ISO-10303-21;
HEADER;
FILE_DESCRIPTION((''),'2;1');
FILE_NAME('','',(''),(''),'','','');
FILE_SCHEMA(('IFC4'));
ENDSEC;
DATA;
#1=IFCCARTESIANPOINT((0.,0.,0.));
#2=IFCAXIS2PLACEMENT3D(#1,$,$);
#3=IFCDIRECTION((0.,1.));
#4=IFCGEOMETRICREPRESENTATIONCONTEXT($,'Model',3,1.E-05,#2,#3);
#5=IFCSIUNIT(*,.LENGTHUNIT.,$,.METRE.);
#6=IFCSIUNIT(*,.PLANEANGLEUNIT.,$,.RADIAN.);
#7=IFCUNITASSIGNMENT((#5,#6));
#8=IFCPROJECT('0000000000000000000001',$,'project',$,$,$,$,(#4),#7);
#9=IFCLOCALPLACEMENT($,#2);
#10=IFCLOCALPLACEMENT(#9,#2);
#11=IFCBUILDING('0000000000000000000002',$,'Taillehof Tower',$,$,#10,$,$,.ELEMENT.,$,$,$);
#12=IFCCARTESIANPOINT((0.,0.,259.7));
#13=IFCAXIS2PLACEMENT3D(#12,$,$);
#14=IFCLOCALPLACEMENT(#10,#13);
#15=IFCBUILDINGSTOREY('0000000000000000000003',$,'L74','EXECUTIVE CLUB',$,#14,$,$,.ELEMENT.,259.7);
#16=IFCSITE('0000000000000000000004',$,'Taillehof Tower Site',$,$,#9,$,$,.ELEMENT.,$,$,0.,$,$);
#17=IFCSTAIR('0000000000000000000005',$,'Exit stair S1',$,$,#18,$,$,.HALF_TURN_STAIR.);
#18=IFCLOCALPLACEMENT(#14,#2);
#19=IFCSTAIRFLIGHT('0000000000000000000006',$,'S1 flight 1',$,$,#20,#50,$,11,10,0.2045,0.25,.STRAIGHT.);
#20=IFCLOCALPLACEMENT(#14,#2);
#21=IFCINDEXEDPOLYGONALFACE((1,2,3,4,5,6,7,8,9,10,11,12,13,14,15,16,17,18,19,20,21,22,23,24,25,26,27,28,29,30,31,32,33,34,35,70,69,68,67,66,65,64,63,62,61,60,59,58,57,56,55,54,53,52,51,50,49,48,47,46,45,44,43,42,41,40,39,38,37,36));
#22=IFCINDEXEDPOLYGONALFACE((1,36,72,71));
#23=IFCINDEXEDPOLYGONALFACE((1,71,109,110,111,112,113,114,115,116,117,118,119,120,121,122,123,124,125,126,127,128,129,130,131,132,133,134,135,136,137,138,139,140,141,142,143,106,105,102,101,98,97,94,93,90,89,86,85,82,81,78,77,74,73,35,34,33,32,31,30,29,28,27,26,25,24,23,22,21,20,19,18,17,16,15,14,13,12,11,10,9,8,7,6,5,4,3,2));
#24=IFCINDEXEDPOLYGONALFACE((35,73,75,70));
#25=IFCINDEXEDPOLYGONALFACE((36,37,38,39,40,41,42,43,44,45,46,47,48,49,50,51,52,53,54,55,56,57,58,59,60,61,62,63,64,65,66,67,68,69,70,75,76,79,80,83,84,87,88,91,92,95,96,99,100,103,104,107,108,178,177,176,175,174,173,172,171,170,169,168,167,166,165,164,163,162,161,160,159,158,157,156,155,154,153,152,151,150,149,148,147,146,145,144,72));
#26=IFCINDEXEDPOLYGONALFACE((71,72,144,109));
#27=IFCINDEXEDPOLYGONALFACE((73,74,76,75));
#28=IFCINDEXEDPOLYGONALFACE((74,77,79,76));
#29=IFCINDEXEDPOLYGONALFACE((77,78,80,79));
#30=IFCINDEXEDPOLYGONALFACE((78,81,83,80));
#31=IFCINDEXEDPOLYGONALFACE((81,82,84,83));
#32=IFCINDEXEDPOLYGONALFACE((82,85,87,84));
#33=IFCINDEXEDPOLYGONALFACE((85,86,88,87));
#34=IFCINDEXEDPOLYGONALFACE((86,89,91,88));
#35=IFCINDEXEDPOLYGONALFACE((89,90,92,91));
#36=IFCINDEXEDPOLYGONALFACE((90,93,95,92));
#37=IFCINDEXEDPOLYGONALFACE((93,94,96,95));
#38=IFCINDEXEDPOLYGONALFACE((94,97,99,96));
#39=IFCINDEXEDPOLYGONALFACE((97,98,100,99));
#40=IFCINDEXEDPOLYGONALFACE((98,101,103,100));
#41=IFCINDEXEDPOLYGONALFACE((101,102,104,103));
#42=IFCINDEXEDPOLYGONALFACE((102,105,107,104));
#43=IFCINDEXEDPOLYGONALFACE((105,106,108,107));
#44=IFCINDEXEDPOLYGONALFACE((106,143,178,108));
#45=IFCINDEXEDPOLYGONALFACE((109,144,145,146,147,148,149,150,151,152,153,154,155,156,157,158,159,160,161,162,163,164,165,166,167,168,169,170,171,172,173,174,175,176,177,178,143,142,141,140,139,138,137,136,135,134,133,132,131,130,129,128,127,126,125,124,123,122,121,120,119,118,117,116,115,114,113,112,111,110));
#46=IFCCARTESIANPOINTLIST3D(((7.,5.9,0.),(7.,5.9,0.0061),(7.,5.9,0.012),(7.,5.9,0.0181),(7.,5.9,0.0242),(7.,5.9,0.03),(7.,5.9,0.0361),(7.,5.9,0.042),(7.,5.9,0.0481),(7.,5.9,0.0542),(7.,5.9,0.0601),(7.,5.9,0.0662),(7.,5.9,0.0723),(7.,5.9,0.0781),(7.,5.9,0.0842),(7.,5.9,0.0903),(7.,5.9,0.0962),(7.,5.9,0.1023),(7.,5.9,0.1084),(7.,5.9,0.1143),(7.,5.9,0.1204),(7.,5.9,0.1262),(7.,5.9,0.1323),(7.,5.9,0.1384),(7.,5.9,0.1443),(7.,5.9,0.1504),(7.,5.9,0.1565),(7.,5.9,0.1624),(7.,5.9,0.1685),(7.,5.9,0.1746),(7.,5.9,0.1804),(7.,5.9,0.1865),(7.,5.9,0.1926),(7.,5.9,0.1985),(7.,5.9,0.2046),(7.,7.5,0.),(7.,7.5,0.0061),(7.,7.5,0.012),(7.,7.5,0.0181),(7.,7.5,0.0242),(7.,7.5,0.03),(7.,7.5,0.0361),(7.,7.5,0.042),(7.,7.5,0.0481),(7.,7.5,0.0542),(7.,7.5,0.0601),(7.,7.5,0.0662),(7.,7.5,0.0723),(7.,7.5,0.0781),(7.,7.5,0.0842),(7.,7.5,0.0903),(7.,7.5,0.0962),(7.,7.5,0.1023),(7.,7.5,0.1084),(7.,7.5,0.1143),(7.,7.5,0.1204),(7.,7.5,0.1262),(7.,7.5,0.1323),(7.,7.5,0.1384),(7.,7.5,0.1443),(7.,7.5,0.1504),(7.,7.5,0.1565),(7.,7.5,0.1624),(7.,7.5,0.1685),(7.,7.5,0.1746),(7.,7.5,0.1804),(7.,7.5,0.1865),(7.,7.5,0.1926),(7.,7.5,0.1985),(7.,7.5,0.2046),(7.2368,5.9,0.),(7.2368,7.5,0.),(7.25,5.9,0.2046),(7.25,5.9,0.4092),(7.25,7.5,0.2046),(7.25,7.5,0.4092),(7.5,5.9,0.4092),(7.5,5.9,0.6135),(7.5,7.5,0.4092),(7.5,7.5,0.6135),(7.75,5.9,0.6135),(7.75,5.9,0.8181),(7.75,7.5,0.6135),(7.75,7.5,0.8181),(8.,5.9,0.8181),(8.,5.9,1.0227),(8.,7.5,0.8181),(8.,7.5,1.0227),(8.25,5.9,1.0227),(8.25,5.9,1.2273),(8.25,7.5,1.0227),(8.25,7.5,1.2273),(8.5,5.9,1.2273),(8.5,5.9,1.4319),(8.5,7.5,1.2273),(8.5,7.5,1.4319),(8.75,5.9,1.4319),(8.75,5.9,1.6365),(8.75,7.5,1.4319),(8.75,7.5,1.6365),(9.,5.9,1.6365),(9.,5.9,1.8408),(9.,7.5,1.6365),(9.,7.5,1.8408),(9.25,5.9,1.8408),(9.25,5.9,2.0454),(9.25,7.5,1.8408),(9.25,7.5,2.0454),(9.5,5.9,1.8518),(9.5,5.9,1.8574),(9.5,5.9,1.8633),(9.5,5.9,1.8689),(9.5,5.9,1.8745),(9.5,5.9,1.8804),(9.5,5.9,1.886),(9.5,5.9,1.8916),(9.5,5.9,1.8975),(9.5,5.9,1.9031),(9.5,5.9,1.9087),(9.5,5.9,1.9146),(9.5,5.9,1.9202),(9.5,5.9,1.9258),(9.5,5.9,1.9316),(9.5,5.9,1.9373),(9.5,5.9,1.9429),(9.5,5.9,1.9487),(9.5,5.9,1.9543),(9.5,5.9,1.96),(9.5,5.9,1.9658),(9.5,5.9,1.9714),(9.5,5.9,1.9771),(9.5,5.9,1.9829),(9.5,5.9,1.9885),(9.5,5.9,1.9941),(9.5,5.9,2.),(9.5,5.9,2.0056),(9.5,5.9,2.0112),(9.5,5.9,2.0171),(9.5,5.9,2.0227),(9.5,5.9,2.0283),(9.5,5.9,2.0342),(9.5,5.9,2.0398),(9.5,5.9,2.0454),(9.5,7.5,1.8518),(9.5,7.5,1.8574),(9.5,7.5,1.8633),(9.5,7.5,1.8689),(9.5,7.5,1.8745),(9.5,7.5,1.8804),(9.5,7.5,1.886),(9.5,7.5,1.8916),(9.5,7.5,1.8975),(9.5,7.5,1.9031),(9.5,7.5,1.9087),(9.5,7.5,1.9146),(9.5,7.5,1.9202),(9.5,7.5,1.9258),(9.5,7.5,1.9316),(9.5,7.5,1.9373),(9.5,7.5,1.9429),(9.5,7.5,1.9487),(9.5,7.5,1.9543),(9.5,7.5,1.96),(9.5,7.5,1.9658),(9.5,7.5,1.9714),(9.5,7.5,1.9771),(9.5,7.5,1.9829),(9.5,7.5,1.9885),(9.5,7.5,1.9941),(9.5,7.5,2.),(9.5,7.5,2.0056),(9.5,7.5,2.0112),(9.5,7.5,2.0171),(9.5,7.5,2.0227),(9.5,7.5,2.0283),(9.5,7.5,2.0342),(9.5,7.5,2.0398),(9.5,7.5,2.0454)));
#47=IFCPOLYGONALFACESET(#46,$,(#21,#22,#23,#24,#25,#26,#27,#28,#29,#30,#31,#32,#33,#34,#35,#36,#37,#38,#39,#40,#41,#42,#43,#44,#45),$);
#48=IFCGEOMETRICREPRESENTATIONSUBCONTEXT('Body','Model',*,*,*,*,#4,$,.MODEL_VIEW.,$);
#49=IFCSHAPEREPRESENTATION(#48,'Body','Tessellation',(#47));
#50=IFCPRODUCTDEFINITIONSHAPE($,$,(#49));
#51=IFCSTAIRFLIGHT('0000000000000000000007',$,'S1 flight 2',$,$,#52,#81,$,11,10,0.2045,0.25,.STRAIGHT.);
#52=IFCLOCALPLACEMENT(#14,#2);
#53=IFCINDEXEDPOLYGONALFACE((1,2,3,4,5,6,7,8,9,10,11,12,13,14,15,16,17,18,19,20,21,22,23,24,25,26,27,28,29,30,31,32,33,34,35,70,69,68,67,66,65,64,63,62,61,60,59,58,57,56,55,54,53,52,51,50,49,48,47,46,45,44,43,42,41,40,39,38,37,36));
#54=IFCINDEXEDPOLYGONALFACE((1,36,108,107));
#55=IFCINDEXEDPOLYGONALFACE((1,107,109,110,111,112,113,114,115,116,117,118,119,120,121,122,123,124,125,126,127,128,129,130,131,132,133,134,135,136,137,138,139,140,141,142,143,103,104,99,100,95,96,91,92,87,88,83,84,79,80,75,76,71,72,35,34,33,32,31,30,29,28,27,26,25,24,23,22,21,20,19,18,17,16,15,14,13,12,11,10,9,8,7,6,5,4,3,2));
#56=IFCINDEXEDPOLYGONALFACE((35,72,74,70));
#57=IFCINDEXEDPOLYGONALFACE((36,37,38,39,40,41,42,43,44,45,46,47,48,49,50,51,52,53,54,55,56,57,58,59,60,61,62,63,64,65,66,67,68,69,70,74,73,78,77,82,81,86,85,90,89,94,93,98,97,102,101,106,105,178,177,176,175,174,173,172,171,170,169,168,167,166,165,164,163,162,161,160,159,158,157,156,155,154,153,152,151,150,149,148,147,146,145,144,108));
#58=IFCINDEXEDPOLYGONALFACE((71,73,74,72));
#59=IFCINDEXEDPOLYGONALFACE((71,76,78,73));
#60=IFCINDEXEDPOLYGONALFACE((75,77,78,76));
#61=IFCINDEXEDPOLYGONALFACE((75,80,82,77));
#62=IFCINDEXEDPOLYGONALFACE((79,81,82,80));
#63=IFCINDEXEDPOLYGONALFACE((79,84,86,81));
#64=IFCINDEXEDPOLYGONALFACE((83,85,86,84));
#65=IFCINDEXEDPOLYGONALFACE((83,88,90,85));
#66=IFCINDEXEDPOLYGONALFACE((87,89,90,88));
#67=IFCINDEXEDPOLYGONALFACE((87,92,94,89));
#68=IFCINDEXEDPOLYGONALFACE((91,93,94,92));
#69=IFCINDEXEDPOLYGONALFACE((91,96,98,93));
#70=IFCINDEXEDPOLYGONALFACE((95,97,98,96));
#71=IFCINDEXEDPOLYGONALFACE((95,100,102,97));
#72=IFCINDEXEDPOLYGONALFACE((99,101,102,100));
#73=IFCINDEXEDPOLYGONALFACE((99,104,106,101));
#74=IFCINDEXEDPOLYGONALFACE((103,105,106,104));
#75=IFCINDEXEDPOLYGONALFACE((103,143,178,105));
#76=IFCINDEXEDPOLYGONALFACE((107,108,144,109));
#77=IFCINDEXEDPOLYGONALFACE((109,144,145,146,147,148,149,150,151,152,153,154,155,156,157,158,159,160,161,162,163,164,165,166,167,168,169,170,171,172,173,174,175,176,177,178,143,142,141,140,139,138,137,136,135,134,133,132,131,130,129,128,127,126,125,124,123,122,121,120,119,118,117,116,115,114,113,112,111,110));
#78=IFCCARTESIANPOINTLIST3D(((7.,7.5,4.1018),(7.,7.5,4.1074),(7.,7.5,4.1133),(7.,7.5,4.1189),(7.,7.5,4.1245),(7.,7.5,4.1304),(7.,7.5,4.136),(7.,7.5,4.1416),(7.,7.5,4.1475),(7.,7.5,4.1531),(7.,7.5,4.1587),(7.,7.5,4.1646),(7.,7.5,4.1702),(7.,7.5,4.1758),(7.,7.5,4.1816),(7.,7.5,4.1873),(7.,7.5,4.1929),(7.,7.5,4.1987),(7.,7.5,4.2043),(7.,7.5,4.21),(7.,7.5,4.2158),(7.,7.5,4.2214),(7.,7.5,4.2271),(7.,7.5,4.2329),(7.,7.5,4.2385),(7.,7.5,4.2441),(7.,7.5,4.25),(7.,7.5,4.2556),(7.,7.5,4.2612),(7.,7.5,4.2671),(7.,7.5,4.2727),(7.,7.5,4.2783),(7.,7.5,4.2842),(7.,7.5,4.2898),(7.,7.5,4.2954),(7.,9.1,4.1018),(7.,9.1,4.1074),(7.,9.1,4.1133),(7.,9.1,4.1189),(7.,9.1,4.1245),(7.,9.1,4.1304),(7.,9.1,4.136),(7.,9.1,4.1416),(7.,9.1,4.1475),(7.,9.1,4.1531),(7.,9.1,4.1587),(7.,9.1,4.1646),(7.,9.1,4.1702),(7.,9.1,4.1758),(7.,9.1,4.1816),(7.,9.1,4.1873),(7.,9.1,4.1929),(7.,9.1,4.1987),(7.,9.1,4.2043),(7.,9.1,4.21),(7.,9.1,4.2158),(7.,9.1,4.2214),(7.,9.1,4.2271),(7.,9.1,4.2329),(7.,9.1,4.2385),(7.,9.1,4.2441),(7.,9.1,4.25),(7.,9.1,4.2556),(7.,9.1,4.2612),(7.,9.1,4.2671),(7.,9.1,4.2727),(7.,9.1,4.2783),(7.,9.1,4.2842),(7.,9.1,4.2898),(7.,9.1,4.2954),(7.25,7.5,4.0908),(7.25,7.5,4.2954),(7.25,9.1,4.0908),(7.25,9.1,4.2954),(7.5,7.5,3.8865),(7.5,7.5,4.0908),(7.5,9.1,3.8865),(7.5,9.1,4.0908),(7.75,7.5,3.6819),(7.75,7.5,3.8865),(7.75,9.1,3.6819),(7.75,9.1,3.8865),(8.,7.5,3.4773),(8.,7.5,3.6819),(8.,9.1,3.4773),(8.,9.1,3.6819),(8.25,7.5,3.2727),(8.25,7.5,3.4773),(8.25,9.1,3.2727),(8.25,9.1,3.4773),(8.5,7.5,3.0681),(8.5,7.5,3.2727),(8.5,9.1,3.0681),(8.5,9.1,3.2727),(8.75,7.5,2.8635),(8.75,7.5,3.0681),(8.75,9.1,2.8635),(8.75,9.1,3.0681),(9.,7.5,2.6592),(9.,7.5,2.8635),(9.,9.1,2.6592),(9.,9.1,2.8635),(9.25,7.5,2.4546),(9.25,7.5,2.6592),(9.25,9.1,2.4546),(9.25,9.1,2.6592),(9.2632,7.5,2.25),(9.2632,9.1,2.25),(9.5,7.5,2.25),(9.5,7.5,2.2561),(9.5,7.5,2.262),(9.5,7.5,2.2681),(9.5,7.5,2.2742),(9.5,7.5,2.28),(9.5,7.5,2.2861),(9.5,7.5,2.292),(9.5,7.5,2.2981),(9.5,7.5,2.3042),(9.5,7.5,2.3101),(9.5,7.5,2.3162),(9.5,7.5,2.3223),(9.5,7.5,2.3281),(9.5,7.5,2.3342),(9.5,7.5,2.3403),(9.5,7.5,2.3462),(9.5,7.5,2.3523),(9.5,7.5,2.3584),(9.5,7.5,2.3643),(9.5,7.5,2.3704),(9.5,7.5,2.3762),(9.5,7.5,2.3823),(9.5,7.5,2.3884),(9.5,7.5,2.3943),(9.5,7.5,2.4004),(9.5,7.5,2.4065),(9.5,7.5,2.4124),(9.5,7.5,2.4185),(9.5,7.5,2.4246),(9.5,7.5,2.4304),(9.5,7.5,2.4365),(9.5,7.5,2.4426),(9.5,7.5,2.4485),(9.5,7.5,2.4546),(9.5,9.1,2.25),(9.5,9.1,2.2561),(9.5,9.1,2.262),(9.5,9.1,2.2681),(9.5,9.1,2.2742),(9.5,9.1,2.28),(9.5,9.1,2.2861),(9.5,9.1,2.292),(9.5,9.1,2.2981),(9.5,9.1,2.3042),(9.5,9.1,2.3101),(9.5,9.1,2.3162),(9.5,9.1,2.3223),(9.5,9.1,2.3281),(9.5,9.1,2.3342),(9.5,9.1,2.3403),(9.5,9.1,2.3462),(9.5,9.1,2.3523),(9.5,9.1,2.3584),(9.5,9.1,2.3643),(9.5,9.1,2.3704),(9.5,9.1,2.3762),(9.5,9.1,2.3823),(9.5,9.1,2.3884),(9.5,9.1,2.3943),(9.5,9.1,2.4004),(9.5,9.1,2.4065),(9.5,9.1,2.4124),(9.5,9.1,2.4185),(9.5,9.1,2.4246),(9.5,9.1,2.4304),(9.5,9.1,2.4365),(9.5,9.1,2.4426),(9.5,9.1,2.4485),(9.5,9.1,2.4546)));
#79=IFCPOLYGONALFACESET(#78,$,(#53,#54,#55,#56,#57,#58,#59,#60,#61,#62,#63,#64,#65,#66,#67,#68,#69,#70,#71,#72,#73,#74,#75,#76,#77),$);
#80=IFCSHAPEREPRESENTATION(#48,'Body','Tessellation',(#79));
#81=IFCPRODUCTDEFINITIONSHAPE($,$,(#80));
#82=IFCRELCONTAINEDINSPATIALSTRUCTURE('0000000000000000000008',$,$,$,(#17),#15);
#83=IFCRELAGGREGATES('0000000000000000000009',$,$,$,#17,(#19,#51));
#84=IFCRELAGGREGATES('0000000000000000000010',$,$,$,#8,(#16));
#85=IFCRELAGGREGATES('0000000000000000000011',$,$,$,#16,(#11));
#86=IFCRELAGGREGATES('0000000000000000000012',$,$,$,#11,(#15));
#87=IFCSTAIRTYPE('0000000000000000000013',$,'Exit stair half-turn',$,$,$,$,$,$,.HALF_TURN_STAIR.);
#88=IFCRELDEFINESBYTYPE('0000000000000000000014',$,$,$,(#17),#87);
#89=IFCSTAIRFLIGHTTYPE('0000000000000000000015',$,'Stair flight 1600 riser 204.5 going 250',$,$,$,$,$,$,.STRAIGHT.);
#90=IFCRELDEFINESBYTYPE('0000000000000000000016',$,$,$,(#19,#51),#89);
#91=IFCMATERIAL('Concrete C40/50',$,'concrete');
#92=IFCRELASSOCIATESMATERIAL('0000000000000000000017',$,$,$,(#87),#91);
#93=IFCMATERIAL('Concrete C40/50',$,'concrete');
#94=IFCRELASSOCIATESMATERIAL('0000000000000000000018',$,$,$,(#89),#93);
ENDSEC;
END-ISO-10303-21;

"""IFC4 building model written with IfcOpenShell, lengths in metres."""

from ifc_helpers import new_model, si_unit, direction, frame, origin, place, context, subcontext, project, spatial, polyline, outline, extrude, material, type_object, element, aggregate, save


model = new_model("IFC4")

# Units and contexts
model_context = context("Model", 3, precision=1e-05, world=origin(), true_north=direction((0.0, 1.0)))
body_context = subcontext(model_context, "Body", "Model", "MODEL_VIEW")
ifc_project = project(units=[si_unit("LENGTHUNIT", "METRE"), si_unit("PLANEANGLEUNIT", "RADIAN")], contexts=[model_context])

# Site, building, storey
site_placement = place(None, origin())
site = spatial("IfcSite", under=ifc_project, at=site_placement, Name="Taillehof Tower Site", CompositionType="ELEMENT", RefElevation=0.0)
building_placement = place(site_placement, origin())
building = spatial("IfcBuilding", under=site, at=building_placement, Name="Taillehof Tower", CompositionType="ELEMENT")
storey_placement = place(building_placement, frame((0.0, 0.0, 259.7)))
storey = spatial("IfcBuildingStorey", under=building, at=storey_placement, Name="L74", Description="EXECUTIVE CLUB", CompositionType="ELEMENT", Elevation=259.7)

# Shared definitions
ifc_material_1 = material(Name="Concrete C40/50", Category="concrete")
stair_type = type_object("IfcStairType", Name="Exit stair half-turn", PredefinedType="HALF_TURN_STAIR", material=ifc_material_1)

# Stair, stair flights
stair_1_placement = place(storey_placement, origin())
stair_1 = element("IfcStair", 1, at=stair_1_placement, inside=storey, type_object=stair_type, Name="Exit stair S1", PredefinedType="HALF_TURN_STAIR")
ifc_material_2 = material(Name="Concrete C40/50", Category="concrete")
stair_flight_type = type_object("IfcStairFlightType", Name="Stair flight 1600 riser 204.5 going 250", PredefinedType="STRAIGHT", material=ifc_material_2)
stair_flight_1_placement = place(storey_placement, frame((7.0, 6.7, 0.0), z_axis=(0.0, 0.0, 1.0), x_axis=(1.0, 0.0, 0.0)))
stair_flight_1 = element("IfcStairFlight", 2, at=stair_flight_1_placement, type_object=stair_flight_type, Name="S1 flight 1", NumberOfRisers=11, NumberOfTreads=10, PredefinedType="STRAIGHT", RiserHeight=0.2045, TreadLength=0.25, context=body_context, shape_type="SweptSolid", body=[
    extrude(outline(polyline([(0.0, 0.0), (0.0, 0.0061), (0.0, 0.012), (0.0, 0.0181), (0.0, 0.0242), (0.0, 0.03), (0.0, 0.0361), (0.0, 0.042), (0.0, 0.0481), (0.0, 0.0542), (0.0, 0.0601), (0.0, 0.0662), (0.0, 0.0723), (0.0, 0.0781), (0.0, 0.0842), (0.0, 0.0903), (0.0, 0.0962), (0.0, 0.1023), (0.0, 0.1084), (0.0, 0.1143), (0.0, 0.1204), (0.0, 0.1262), (0.0, 0.1323), (0.0, 0.1384), (0.0, 0.1443), (0.0, 0.1504), (0.0, 0.1565), (0.0, 0.1624), (0.0, 0.1685), (0.0, 0.1746), (0.0, 0.1804), (0.0, 0.1865), (0.0, 0.1926), (0.0, 0.1985), (0.0, 0.2046), (0.25, 0.2046), (0.25, 0.4092), (0.5, 0.4092), (0.5, 0.6135), (0.75, 0.6135), (0.75, 0.8181), (1.0, 0.8181), (1.0, 1.0227), (1.25, 1.0227), (1.25, 1.2273), (1.5, 1.2273), (1.5, 1.4319), (1.75, 1.4319), (1.75, 1.6365), (2.0, 1.6365), (2.0, 1.8408), (2.25, 1.8408), (2.25, 2.0454), (2.5, 2.0454), (2.5, 2.0398), (2.5, 2.0342), (2.5, 2.0283), (2.5, 2.0227), (2.5, 2.0171), (2.5, 2.0112), (2.5, 2.0056), (2.5, 2.0), (2.5, 1.9941), (2.5, 1.9885), (2.5, 1.9829), (2.5, 1.9771), (2.5, 1.9714), (2.5, 1.9658), (2.5, 1.96), (2.5, 1.9543), (2.5, 1.9487), (2.5, 1.9429), (2.5, 1.9373), (2.5, 1.9316), (2.5, 1.9258), (2.5, 1.9202), (2.5, 1.9146), (2.5, 1.9087), (2.5, 1.9031), (2.5, 1.8975), (2.5, 1.8916), (2.5, 1.886), (2.5, 1.8804), (2.5, 1.8745), (2.5, 1.8689), (2.5, 1.8633), (2.5, 1.8574), (2.5, 1.8518), (0.2368, 0.0), (0.0, 0.0)])), frame((0.0, 0.8, 0.0), z_axis=(0.0, -1.0, 0.0), x_axis=(1.0, 0.0, 0.0)), (0.0, 0.0, 1.0), 1.6),
])
stair_flight_2_placement = place(storey_placement, frame((9.5, 8.3, 2.25), z_axis=(0.0, 0.0, 1.0), x_axis=(-1.0, 0.0, 0.0)))
stair_flight_2 = element("IfcStairFlight", 3, at=stair_flight_2_placement, type_object=stair_flight_type, Name="S1 flight 2", NumberOfRisers=11, NumberOfTreads=10, PredefinedType="STRAIGHT", RiserHeight=0.2045, TreadLength=0.25, context=body_context, shape_type="SweptSolid", body=[
    extrude(outline(polyline([(0.0, 0.0), (0.0, 0.0061), (0.0, 0.012), (0.0, 0.0181), (0.0, 0.0242), (0.0, 0.03), (0.0, 0.0361), (0.0, 0.042), (0.0, 0.0481), (0.0, 0.0542), (0.0, 0.0601), (0.0, 0.0662), (0.0, 0.0723), (0.0, 0.0781), (0.0, 0.0842), (0.0, 0.0903), (0.0, 0.0962), (0.0, 0.1023), (0.0, 0.1084), (0.0, 0.1143), (0.0, 0.1204), (0.0, 0.1262), (0.0, 0.1323), (0.0, 0.1384), (0.0, 0.1443), (0.0, 0.1504), (0.0, 0.1565), (0.0, 0.1624), (0.0, 0.1685), (0.0, 0.1746), (0.0, 0.1804), (0.0, 0.1865), (0.0, 0.1926), (0.0, 0.1985), (0.0, 0.2046), (0.25, 0.2046), (0.25, 0.4092), (0.5, 0.4092), (0.5, 0.6135), (0.75, 0.6135), (0.75, 0.8181), (1.0, 0.8181), (1.0, 1.0227), (1.25, 1.0227), (1.25, 1.2273), (1.5, 1.2273), (1.5, 1.4319), (1.75, 1.4319), (1.75, 1.6365), (2.0, 1.6365), (2.0, 1.8408), (2.25, 1.8408), (2.25, 2.0454), (2.5, 2.0454), (2.5, 2.0398), (2.5, 2.0342), (2.5, 2.0283), (2.5, 2.0227), (2.5, 2.0171), (2.5, 2.0112), (2.5, 2.0056), (2.5, 2.0), (2.5, 1.9941), (2.5, 1.9885), (2.5, 1.9829), (2.5, 1.9771), (2.5, 1.9714), (2.5, 1.9658), (2.5, 1.96), (2.5, 1.9543), (2.5, 1.9487), (2.5, 1.9429), (2.5, 1.9373), (2.5, 1.9316), (2.5, 1.9258), (2.5, 1.9202), (2.5, 1.9146), (2.5, 1.9087), (2.5, 1.9031), (2.5, 1.8975), (2.5, 1.8916), (2.5, 1.886), (2.5, 1.8804), (2.5, 1.8745), (2.5, 1.8689), (2.5, 1.8633), (2.5, 1.8574), (2.5, 1.8518), (0.2368, 0.0), (0.0, 0.0)])), frame((0.0, 0.8, 0.0), z_axis=(0.0, -1.0, 0.0), x_axis=(1.0, 0.0, 0.0)), (0.0, 0.0, 1.0), 1.6),
])
aggregate(stair_1, [stair_flight_1, stair_flight_2])

save(model, "model.ifc")
